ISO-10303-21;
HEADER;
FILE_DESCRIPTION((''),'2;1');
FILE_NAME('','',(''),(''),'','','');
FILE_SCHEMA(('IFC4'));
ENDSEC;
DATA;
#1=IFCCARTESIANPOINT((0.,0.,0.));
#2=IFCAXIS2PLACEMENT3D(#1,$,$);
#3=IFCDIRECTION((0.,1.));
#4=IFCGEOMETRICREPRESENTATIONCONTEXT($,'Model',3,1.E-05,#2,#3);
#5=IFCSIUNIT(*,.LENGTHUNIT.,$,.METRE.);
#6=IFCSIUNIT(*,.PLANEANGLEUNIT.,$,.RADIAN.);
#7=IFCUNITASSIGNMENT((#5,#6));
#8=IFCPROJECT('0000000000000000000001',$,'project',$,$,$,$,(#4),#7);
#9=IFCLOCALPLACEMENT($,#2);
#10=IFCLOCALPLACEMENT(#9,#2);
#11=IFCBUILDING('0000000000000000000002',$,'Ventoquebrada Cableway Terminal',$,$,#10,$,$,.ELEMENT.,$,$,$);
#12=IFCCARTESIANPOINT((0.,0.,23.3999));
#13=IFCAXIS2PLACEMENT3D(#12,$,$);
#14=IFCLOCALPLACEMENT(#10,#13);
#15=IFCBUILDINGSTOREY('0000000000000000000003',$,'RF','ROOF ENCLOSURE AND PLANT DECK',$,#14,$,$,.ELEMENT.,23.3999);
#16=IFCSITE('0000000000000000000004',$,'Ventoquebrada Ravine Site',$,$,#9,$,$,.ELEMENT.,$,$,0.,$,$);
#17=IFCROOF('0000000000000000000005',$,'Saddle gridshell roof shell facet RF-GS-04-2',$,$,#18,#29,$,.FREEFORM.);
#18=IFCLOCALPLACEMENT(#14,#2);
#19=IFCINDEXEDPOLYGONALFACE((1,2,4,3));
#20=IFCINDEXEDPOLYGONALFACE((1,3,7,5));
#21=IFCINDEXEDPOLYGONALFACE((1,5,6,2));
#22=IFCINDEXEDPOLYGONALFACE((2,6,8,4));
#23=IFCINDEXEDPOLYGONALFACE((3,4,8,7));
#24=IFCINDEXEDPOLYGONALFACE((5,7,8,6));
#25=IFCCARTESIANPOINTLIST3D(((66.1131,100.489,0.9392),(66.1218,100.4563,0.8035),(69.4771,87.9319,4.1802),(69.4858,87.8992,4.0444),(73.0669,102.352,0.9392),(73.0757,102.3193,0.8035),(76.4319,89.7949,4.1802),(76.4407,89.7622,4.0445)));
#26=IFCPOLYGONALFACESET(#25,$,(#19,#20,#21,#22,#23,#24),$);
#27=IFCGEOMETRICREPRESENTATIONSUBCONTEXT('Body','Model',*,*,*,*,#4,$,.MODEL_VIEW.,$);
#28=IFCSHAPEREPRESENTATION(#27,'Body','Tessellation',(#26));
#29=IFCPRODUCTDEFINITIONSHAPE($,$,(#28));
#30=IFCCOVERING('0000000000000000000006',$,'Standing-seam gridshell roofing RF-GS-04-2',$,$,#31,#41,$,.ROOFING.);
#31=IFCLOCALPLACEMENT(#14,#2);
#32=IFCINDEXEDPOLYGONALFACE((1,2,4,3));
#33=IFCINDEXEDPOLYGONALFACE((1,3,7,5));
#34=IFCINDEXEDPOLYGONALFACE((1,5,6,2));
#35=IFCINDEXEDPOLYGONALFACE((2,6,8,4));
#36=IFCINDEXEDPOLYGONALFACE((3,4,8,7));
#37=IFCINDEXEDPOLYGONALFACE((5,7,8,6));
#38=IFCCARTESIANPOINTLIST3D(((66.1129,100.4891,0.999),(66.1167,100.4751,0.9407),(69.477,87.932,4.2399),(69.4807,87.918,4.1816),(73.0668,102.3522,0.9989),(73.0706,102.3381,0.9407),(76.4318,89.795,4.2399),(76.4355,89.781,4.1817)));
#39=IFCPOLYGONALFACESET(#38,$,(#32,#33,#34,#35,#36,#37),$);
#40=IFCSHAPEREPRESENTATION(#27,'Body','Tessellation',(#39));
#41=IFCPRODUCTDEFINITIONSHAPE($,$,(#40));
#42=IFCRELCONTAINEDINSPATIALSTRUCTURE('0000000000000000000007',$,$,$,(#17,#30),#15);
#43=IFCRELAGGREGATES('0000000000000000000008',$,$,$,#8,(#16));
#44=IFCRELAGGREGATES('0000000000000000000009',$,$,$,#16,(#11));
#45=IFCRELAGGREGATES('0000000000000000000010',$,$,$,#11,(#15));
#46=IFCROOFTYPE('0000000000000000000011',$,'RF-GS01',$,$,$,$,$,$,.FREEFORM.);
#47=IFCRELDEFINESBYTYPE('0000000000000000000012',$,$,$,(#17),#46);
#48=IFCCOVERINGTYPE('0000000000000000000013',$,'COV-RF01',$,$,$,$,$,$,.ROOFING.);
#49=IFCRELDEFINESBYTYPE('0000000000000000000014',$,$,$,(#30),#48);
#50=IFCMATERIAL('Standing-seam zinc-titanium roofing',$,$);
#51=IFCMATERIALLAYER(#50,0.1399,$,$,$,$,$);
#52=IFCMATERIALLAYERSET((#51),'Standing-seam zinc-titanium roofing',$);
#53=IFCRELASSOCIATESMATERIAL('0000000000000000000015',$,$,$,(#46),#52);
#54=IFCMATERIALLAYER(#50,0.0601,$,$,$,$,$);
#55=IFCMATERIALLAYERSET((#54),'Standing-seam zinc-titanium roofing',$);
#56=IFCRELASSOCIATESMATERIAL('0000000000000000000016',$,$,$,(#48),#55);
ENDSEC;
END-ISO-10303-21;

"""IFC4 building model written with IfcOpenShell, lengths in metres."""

from ifc_helpers import new_model, si_unit, direction, frame, origin, place, context, subcontext, project, spatial, polyline, outline, extrude, material, layer, layer_set, type_object, element, save


model = new_model("IFC4")

# Units and contexts
model_context = context("Model", 3, precision=1e-05, world=origin(), true_north=direction((0.0, 1.0)))
body_context = subcontext(model_context, "Body", "Model", "MODEL_VIEW")
ifc_project = project(units=[si_unit("LENGTHUNIT", "METRE"), si_unit("PLANEANGLEUNIT", "RADIAN")], contexts=[model_context])

# Site, building, storey
site_placement = place(None, origin())
site = spatial("IfcSite", under=ifc_project, at=site_placement, Name="Ventoquebrada Ravine Site", CompositionType="ELEMENT", RefElevation=0.0)
building_placement = place(site_placement, origin())
building = spatial("IfcBuilding", under=site, at=building_placement, Name="Ventoquebrada Cableway Terminal", CompositionType="ELEMENT")
storey_placement = place(building_placement, frame((0.0, 0.0, 23.3999)))
storey = spatial("IfcBuildingStorey", under=building, at=storey_placement, Name="RF", Description="ROOF ENCLOSURE AND PLANT DECK", CompositionType="ELEMENT", Elevation=23.3999)

# Roof
ifc_material_1 = material(Name="Standing-seam zinc-titanium roofing")
ifc_layer_1 = layer(ifc_material_1, 0.1399)
ifc_layer_set_1 = layer_set([ifc_layer_1], Name="Standing-seam zinc-titanium roofing")
roof_type = type_object("IfcRoofType", Name="RF-GS01", PredefinedType="FREEFORM", material=ifc_layer_set_1)
roof_placement = place(storey_placement, frame((69.4858, 87.8992, 4.0444), z_axis=(-0.062597, 0.233661, 0.970301), x_axis=(0.965943, 0.258755, 0.000004)))
element("IfcRoof", 1, at=roof_placement, inside=storey, type_object=roof_type, Name="Saddle gridshell roof shell facet RF-GS-04-2", PredefinedType="FREEFORM", context=body_context, shape_type="SweptSolid", body=[
    extrude(outline(polyline([(0.0, 0.0), (7.2, 0.0), (7.1989, 13.3981), (-0.0002, 13.3978), (0.0, 0.0)])), origin(), (0.0, 0.0, 1.0), 0.1399),
])

# Covering
ifc_layer_2 = layer(ifc_material_1, 0.0601)
ifc_layer_set_2 = layer_set([ifc_layer_2], Name="Standing-seam zinc-titanium roofing")
covering_type = type_object("IfcCoveringType", Name="COV-RF01", PredefinedType="ROOFING", material=ifc_layer_set_2)
covering_placement = place(storey_placement, frame((69.4807, 87.918, 4.1816), z_axis=(-0.062597, 0.233661, 0.970301), x_axis=(0.965943, 0.258755, 0.000004)))
element("IfcCovering", 2, at=covering_placement, inside=storey, type_object=covering_type, Name="Standing-seam gridshell roofing RF-GS-04-2", PredefinedType="ROOFING", context=body_context, shape_type="SweptSolid", body=[
    extrude(outline(polyline([(0.0, 0.0), (7.2, 0.0), (7.1989, 13.3981), (-0.0002, 13.3978), (0.0, 0.0)])), origin(), (0.0, 0.0, 1.0), 0.0601),
])

save(model, "model.ifc")
